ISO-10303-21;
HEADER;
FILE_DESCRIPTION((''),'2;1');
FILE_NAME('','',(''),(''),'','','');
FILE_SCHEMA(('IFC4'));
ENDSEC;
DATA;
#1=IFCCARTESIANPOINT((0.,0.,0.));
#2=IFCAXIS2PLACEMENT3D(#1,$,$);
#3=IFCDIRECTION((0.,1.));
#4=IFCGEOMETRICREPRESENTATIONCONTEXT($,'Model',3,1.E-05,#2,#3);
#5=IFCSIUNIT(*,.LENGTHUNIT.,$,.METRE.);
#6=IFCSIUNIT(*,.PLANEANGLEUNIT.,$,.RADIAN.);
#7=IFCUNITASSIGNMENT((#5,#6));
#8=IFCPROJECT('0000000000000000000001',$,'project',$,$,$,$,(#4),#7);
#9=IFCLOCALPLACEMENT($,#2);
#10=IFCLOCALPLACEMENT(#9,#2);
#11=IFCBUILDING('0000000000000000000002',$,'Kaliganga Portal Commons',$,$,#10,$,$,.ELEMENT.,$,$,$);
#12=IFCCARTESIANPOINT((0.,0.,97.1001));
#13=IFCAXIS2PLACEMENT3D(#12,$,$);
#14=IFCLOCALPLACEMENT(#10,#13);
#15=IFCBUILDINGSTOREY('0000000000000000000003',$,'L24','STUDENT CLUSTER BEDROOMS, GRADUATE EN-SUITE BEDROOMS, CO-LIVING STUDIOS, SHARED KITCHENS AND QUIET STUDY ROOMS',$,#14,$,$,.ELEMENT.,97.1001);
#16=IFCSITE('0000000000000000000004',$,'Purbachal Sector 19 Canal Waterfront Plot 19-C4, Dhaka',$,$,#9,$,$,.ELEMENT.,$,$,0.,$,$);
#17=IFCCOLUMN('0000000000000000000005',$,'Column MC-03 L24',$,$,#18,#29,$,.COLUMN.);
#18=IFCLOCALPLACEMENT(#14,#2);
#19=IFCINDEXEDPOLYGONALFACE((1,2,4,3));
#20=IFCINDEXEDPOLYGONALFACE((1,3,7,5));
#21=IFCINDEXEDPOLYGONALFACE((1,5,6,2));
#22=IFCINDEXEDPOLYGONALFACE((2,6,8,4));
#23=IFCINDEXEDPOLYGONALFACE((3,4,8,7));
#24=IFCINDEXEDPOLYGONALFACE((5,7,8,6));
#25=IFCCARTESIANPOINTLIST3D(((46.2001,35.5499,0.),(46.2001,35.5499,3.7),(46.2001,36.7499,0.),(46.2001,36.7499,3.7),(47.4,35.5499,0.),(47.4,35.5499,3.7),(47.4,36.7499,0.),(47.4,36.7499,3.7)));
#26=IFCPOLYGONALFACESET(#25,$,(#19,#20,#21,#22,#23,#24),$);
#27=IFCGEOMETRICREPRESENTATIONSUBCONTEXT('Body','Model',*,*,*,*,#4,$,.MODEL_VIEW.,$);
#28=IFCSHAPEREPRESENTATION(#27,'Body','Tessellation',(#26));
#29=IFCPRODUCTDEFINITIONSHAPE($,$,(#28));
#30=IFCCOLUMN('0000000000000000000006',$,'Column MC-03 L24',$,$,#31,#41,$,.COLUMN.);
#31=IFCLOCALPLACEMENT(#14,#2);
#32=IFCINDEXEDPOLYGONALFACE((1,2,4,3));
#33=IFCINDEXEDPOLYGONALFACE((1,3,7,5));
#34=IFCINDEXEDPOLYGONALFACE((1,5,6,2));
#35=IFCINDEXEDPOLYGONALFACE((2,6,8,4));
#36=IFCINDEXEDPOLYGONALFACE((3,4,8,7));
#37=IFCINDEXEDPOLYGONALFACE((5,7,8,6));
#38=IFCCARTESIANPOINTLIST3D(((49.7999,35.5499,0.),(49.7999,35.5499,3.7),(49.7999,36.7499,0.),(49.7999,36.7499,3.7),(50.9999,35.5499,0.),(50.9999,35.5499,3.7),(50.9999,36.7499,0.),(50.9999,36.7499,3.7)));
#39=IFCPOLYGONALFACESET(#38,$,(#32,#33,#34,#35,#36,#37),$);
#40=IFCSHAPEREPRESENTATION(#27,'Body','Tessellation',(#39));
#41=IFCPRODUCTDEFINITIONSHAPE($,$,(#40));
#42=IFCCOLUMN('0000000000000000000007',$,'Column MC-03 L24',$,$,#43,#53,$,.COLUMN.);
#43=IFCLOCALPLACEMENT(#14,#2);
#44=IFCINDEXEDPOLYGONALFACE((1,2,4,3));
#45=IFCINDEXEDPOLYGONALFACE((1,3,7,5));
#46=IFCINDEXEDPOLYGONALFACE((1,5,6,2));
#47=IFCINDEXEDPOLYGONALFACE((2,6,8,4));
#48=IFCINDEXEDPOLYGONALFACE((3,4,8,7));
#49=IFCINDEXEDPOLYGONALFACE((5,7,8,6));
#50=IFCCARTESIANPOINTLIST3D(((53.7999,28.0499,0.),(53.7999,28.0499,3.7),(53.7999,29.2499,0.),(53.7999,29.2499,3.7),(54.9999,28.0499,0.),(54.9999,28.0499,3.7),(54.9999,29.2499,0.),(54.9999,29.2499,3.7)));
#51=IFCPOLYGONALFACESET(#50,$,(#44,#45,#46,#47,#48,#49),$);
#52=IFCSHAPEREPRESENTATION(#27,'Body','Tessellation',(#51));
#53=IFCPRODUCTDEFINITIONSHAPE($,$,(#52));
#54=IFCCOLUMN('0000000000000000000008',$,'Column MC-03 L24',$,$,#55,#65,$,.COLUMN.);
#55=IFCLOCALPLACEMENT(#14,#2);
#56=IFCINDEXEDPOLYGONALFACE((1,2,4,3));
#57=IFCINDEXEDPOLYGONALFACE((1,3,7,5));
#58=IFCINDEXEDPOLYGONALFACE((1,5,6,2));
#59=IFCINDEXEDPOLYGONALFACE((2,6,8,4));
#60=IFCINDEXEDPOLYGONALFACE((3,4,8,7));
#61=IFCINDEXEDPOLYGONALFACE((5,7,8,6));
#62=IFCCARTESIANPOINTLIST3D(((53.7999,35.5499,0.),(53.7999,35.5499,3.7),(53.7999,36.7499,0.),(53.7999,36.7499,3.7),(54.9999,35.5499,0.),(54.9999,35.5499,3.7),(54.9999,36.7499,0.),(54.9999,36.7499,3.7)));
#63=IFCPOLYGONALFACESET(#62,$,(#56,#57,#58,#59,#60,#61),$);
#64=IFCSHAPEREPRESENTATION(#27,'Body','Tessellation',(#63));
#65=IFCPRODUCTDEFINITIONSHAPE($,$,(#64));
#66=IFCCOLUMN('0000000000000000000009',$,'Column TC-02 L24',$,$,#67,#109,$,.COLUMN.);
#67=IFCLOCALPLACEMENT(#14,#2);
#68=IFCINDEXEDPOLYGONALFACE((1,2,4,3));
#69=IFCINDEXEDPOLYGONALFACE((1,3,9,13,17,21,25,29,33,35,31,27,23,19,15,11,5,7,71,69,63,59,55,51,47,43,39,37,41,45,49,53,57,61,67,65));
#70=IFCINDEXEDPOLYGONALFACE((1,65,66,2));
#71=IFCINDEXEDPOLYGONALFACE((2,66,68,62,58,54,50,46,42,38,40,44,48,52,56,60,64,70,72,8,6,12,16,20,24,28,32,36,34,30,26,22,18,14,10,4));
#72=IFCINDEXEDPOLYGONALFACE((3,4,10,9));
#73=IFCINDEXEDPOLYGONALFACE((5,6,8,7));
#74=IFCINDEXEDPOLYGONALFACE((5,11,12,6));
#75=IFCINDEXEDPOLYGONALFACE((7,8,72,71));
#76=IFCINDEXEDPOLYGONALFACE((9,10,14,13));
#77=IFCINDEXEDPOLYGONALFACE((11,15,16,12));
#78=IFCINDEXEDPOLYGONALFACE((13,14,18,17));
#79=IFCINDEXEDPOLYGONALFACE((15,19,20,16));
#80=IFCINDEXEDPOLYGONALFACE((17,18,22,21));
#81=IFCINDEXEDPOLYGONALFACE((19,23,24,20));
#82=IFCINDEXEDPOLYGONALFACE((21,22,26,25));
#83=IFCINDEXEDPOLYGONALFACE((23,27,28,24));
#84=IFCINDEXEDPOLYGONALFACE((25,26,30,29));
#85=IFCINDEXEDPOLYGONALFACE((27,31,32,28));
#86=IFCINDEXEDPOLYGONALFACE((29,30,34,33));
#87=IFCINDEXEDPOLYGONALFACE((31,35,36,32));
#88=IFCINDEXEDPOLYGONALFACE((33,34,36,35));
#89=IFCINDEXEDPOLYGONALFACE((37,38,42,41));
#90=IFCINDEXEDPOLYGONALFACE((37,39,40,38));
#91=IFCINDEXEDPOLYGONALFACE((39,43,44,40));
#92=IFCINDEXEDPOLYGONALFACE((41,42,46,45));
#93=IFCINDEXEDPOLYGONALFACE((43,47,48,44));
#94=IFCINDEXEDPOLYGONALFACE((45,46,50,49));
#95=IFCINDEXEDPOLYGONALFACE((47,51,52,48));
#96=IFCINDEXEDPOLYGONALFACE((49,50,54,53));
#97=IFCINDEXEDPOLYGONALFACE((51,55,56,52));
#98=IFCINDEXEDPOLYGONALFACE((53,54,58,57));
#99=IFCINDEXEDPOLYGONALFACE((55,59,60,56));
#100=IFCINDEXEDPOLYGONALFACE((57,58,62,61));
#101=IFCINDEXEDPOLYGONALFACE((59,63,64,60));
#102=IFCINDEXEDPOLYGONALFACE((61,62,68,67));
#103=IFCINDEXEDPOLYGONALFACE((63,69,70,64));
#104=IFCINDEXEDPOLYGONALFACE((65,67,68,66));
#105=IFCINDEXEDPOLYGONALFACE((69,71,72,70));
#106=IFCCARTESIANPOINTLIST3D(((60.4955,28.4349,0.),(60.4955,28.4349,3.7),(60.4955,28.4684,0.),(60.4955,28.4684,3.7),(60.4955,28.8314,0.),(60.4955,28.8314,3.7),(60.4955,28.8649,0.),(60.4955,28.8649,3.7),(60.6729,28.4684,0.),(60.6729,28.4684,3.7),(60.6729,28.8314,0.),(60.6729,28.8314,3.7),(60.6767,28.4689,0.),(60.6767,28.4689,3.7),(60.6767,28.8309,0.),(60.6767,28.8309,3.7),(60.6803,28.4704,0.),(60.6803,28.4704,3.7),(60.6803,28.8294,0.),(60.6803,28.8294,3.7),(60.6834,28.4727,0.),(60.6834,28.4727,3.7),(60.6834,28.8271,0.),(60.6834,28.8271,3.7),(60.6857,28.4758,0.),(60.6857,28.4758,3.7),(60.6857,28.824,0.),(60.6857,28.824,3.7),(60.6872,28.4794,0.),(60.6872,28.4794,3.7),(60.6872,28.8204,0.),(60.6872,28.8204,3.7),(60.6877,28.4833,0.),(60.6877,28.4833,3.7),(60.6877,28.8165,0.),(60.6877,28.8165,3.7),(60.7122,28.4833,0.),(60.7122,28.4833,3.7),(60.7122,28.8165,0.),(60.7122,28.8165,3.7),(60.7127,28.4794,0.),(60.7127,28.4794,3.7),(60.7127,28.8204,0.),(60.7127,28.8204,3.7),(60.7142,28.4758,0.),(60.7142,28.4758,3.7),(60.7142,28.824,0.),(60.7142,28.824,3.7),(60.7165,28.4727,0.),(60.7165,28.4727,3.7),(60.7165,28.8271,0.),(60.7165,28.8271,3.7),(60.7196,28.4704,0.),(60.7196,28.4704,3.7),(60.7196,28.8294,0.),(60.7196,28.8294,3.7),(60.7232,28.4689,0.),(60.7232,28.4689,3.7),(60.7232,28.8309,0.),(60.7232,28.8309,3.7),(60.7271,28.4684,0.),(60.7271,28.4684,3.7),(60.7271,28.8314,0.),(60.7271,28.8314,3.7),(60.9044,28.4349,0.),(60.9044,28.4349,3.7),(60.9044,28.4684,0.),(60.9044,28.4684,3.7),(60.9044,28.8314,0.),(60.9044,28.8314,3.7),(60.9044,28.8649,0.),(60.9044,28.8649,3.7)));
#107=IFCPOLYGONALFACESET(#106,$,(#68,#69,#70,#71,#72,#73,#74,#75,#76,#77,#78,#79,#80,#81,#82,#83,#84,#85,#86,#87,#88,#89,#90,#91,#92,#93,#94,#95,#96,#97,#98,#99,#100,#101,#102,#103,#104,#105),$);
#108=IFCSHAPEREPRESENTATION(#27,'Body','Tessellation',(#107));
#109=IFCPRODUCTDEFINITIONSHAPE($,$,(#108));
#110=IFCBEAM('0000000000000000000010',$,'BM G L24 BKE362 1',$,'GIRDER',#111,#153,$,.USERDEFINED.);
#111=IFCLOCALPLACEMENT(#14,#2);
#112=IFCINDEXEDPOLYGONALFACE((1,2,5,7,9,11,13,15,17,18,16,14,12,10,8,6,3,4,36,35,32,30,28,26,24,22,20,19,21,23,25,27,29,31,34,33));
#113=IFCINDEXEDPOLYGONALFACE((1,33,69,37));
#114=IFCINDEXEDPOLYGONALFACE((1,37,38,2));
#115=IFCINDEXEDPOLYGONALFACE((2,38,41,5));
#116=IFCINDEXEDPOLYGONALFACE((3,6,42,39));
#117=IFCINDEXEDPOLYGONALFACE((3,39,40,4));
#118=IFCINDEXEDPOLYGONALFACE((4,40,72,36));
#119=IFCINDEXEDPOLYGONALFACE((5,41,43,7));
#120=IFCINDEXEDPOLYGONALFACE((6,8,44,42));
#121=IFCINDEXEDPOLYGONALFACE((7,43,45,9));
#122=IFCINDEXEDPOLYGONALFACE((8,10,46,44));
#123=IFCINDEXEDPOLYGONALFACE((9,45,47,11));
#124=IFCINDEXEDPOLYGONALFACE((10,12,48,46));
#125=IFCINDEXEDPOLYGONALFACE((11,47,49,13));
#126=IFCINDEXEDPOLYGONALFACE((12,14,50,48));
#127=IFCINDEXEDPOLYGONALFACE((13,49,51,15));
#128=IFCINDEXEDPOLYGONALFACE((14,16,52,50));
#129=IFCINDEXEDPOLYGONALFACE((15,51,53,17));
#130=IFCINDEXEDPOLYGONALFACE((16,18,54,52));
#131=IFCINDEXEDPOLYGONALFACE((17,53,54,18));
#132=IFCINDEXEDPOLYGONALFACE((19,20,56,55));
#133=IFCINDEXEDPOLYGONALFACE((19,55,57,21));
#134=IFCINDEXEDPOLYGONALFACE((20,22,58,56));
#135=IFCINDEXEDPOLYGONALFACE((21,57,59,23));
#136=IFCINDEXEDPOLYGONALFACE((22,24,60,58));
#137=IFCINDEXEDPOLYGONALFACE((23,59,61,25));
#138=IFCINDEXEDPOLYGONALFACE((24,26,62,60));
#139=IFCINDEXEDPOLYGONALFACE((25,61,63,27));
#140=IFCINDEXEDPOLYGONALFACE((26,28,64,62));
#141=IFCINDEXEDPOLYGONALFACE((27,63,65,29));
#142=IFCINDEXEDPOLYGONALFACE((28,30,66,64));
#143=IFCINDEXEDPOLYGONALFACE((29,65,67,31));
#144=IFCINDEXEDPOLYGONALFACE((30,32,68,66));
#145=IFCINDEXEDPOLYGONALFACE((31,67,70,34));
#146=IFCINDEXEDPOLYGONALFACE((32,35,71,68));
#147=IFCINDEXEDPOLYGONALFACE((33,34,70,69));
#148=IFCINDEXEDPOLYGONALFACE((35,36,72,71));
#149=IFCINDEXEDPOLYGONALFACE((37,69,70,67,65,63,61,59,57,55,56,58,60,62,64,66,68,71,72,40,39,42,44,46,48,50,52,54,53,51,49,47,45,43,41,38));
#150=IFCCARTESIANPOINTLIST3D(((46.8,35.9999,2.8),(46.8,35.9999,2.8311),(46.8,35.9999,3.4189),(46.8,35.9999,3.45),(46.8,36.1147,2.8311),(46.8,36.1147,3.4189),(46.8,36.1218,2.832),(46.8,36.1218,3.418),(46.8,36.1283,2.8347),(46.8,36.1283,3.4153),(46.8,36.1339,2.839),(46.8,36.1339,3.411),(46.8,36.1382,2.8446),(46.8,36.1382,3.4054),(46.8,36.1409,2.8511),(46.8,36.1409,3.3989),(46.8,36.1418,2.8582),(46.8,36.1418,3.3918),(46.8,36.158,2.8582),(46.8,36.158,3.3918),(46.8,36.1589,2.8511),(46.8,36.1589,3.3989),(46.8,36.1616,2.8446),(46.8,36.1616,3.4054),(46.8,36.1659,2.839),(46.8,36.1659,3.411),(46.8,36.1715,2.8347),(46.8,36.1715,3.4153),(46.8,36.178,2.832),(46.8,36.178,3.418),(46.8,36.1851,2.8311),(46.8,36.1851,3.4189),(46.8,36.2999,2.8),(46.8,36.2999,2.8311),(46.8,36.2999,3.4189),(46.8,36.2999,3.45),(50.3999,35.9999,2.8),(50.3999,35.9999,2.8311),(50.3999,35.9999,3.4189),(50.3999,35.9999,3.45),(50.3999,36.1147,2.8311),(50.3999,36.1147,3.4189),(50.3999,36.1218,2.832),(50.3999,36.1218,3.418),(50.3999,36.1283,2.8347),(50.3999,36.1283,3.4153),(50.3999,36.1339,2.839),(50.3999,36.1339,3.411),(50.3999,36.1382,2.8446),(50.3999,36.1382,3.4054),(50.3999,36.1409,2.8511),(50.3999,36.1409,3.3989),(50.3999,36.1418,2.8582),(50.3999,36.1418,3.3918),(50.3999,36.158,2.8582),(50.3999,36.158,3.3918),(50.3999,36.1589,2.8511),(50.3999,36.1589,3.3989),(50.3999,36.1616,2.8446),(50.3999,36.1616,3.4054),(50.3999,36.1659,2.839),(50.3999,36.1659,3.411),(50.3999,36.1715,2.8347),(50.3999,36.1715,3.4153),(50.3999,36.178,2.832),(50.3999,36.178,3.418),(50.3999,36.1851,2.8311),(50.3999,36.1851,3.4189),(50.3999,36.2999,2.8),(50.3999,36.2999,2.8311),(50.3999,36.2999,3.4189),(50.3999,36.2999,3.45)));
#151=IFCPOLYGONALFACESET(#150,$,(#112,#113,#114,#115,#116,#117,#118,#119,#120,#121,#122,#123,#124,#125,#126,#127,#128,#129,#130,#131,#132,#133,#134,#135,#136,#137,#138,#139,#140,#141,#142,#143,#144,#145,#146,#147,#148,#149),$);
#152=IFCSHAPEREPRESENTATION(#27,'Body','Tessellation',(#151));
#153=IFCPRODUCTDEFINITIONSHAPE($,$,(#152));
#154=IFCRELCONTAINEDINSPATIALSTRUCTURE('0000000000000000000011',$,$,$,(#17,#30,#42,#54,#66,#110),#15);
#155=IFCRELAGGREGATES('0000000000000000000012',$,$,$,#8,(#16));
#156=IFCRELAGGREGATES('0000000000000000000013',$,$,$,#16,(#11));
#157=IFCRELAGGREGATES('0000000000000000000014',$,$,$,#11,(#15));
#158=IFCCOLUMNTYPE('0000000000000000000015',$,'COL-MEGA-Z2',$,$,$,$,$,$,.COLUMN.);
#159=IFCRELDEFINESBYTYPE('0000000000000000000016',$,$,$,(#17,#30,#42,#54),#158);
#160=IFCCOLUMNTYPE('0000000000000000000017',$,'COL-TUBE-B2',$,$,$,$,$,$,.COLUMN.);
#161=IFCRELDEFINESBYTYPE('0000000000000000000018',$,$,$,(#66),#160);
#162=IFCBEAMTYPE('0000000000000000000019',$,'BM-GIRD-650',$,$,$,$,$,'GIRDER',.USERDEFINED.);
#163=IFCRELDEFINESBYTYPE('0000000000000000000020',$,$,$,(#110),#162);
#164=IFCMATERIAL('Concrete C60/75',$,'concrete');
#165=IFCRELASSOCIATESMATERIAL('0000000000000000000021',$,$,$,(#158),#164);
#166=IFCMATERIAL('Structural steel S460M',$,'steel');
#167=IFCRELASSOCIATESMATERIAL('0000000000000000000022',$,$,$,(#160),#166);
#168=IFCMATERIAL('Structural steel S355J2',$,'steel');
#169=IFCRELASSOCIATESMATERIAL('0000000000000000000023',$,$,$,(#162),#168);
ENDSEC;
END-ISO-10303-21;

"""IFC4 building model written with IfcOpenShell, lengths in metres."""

from ifc_helpers import new_model, si_unit, direction, frame, origin, origin_2d, place, context, subcontext, project, spatial, rectangle, i_section, extrude, source, transform, mapped, material, material_profile, profile_set, type_object, element, save


model = new_model("IFC4")

# Units and contexts
model_context = context("Model", 3, precision=1e-05, world=origin(), true_north=direction((0.0, 1.0)))
body_context = subcontext(model_context, "Body", "Model", "MODEL_VIEW")
ifc_project = project(units=[si_unit("LENGTHUNIT", "METRE"), si_unit("PLANEANGLEUNIT", "RADIAN")], contexts=[model_context])

# Site, building, storey
site_placement = place(None, origin())
site = spatial("IfcSite", under=ifc_project, at=site_placement, Name="Purbachal Sector 19 Canal Waterfront Plot 19-C4, Dhaka", CompositionType="ELEMENT", RefElevation=0.0)
building_placement = place(site_placement, origin())
building = spatial("IfcBuilding", under=site, at=building_placement, Name="Kaliganga Portal Commons", CompositionType="ELEMENT")
storey_placement = place(building_placement, frame((0.0, 0.0, 97.1001)))
storey = spatial("IfcBuildingStorey", under=building, at=storey_placement, Name="L24", Description="STUDENT CLUSTER BEDROOMS, GRADUATE EN-SUITE BEDROOMS, CO-LIVING STUDIOS, SHARED KITCHENS AND QUIET STUDY ROOMS", CompositionType="ELEMENT", Elevation=97.1001)

# Columns
ifc_material_1 = material(Name="Concrete C60/75", Category="concrete")
ifc_material_profile_1 = material_profile(ifc_material_1, rectangle(XDim=1.2, YDim=1.2, at=origin_2d()), Name="RC 1200x1200")
ifc_profile_set_1 = profile_set([ifc_material_profile_1], Name="Concrete C60/75")
column_type_1 = type_object("IfcColumnType", Name="COL-MEGA-Z2", PredefinedType="COLUMN", material=ifc_profile_set_1)
shared_shape_1 = source(origin(), body_context, "Body", "SweptSolid", [
    extrude(rectangle(XDim=1.2, YDim=1.2, at=origin_2d()), origin(), (0.0, 0.0, 1.0), 3.7),
])
for number, where, z_axis, x_axis, name in (
    (1, (46.8, 36.1499, 0.0), (0.0, 0.0, 1.0), (1.0, 0.0, 0.0), "Column MC-03 L24"),
    (2, (50.3999, 36.1499, 0.0), (0.0, 0.0, 1.0), (1.0, 0.0, 0.0), "Column MC-03 L24"),
    (3, (54.3999, 28.6499, 0.0), (0.0, 0.0, 1.0), (1.0, 0.0, 0.0), "Column MC-03 L24"),
    (4, (54.3999, 36.1499, 0.0), (0.0, 0.0, 1.0), (1.0, 0.0, 0.0), "Column MC-03 L24"),
):
    element("IfcColumn", number, at=place(storey_placement, frame(where, z_axis=z_axis, x_axis=x_axis)), inside=storey, type_object=column_type_1, Name=name, PredefinedType="COLUMN", context=body_context, shape_type="MappedRepresentation", body=[
        mapped(shared_shape_1, transform((0.0, 0.0, 0.0), x_axis=(1.0, 0.0, 0.0), y_axis=(0.0, 1.0, 0.0), z_axis=(0.0, 0.0, 1.0), scale=1.0)),
    ])
ifc_material_2 = material(Name="Structural steel S460M", Category="steel")
ifc_material_profile_2 = material_profile(ifc_material_2, i_section(OverallWidth=0.4089, OverallDepth=0.4299, WebThickness=0.0244, FlangeThickness=0.0334, FilletRadius=0.0149, at=origin_2d()), Name="HD 400x421")
ifc_profile_set_2 = profile_set([ifc_material_profile_2], Name="Structural steel S460M wide-flange")
column_type_2 = type_object("IfcColumnType", Name="COL-TUBE-B2", PredefinedType="COLUMN", material=ifc_profile_set_2)
shared_shape_2 = source(origin(), body_context, "Body", "SweptSolid", [
    extrude(i_section(OverallWidth=0.4089, OverallDepth=0.4299, WebThickness=0.0244, FlangeThickness=0.0334, FilletRadius=0.0149, at=origin_2d()), origin(), (0.0, 0.0, 1.0), 3.7),
])
column_placement = place(storey_placement, frame((60.7, 28.6499, 0.0), z_axis=(0.0, 0.0, 1.0), x_axis=(1.0, 0.0, 0.0)))
element("IfcColumn", 5, at=column_placement, inside=storey, type_object=column_type_2, Name="Column TC-02 L24", PredefinedType="COLUMN", context=body_context, shape_type="MappedRepresentation", body=[
    mapped(shared_shape_2, transform((0.0, 0.0, 0.0), x_axis=(1.0, 0.0, 0.0), y_axis=(0.0, 1.0, 0.0), z_axis=(0.0, 0.0, 1.0), scale=1.0)),
])

# Beam
ifc_material_3 = material(Name="Structural steel S355J2", Category="steel")
ifc_material_profile_3 = material_profile(ifc_material_3, i_section(OverallWidth=0.3, OverallDepth=0.6499, WebThickness=0.0161, FlangeThickness=0.031, FilletRadius=0.0271, at=origin_2d()), Name="HE 650 B")
ifc_profile_set_3 = profile_set([ifc_material_profile_3], Name="Structural steel S355J2 wide-flange")
beam_type_1 = type_object("IfcBeamType", Name="BM-GIRD-650", ElementType="GIRDER", PredefinedType="USERDEFINED", material=ifc_profile_set_3)
shared_shape_3 = source(origin(), body_context, "Body", "SweptSolid", [
    extrude(i_section(OverallWidth=0.3, OverallDepth=0.6499, WebThickness=0.0161, FlangeThickness=0.031, FilletRadius=0.0271, at=origin_2d()), origin(), (0.0, 0.0, 1.0), 3.5999),
])
beam_1_placement = place(storey_placement, frame((46.8, 36.1499, 3.125), z_axis=(1.0, 0.0, 0.0), x_axis=(0.0, 1.0, 0.0)))
element("IfcBeam", 6, at=beam_1_placement, inside=storey, type_object=beam_type_1, Name="BM G L24 BKE362 1", ObjectType="GIRDER", PredefinedType="USERDEFINED", context=body_context, shape_type="MappedRepresentation", body=[
    mapped(shared_shape_3, transform((0.0, 0.0, 0.0), x_axis=(1.0, 0.0, 0.0), y_axis=(0.0, 1.0, 0.0), z_axis=(0.0, 0.0, 1.0), scale=1.0)),
])

save(model, "model.ifc")
